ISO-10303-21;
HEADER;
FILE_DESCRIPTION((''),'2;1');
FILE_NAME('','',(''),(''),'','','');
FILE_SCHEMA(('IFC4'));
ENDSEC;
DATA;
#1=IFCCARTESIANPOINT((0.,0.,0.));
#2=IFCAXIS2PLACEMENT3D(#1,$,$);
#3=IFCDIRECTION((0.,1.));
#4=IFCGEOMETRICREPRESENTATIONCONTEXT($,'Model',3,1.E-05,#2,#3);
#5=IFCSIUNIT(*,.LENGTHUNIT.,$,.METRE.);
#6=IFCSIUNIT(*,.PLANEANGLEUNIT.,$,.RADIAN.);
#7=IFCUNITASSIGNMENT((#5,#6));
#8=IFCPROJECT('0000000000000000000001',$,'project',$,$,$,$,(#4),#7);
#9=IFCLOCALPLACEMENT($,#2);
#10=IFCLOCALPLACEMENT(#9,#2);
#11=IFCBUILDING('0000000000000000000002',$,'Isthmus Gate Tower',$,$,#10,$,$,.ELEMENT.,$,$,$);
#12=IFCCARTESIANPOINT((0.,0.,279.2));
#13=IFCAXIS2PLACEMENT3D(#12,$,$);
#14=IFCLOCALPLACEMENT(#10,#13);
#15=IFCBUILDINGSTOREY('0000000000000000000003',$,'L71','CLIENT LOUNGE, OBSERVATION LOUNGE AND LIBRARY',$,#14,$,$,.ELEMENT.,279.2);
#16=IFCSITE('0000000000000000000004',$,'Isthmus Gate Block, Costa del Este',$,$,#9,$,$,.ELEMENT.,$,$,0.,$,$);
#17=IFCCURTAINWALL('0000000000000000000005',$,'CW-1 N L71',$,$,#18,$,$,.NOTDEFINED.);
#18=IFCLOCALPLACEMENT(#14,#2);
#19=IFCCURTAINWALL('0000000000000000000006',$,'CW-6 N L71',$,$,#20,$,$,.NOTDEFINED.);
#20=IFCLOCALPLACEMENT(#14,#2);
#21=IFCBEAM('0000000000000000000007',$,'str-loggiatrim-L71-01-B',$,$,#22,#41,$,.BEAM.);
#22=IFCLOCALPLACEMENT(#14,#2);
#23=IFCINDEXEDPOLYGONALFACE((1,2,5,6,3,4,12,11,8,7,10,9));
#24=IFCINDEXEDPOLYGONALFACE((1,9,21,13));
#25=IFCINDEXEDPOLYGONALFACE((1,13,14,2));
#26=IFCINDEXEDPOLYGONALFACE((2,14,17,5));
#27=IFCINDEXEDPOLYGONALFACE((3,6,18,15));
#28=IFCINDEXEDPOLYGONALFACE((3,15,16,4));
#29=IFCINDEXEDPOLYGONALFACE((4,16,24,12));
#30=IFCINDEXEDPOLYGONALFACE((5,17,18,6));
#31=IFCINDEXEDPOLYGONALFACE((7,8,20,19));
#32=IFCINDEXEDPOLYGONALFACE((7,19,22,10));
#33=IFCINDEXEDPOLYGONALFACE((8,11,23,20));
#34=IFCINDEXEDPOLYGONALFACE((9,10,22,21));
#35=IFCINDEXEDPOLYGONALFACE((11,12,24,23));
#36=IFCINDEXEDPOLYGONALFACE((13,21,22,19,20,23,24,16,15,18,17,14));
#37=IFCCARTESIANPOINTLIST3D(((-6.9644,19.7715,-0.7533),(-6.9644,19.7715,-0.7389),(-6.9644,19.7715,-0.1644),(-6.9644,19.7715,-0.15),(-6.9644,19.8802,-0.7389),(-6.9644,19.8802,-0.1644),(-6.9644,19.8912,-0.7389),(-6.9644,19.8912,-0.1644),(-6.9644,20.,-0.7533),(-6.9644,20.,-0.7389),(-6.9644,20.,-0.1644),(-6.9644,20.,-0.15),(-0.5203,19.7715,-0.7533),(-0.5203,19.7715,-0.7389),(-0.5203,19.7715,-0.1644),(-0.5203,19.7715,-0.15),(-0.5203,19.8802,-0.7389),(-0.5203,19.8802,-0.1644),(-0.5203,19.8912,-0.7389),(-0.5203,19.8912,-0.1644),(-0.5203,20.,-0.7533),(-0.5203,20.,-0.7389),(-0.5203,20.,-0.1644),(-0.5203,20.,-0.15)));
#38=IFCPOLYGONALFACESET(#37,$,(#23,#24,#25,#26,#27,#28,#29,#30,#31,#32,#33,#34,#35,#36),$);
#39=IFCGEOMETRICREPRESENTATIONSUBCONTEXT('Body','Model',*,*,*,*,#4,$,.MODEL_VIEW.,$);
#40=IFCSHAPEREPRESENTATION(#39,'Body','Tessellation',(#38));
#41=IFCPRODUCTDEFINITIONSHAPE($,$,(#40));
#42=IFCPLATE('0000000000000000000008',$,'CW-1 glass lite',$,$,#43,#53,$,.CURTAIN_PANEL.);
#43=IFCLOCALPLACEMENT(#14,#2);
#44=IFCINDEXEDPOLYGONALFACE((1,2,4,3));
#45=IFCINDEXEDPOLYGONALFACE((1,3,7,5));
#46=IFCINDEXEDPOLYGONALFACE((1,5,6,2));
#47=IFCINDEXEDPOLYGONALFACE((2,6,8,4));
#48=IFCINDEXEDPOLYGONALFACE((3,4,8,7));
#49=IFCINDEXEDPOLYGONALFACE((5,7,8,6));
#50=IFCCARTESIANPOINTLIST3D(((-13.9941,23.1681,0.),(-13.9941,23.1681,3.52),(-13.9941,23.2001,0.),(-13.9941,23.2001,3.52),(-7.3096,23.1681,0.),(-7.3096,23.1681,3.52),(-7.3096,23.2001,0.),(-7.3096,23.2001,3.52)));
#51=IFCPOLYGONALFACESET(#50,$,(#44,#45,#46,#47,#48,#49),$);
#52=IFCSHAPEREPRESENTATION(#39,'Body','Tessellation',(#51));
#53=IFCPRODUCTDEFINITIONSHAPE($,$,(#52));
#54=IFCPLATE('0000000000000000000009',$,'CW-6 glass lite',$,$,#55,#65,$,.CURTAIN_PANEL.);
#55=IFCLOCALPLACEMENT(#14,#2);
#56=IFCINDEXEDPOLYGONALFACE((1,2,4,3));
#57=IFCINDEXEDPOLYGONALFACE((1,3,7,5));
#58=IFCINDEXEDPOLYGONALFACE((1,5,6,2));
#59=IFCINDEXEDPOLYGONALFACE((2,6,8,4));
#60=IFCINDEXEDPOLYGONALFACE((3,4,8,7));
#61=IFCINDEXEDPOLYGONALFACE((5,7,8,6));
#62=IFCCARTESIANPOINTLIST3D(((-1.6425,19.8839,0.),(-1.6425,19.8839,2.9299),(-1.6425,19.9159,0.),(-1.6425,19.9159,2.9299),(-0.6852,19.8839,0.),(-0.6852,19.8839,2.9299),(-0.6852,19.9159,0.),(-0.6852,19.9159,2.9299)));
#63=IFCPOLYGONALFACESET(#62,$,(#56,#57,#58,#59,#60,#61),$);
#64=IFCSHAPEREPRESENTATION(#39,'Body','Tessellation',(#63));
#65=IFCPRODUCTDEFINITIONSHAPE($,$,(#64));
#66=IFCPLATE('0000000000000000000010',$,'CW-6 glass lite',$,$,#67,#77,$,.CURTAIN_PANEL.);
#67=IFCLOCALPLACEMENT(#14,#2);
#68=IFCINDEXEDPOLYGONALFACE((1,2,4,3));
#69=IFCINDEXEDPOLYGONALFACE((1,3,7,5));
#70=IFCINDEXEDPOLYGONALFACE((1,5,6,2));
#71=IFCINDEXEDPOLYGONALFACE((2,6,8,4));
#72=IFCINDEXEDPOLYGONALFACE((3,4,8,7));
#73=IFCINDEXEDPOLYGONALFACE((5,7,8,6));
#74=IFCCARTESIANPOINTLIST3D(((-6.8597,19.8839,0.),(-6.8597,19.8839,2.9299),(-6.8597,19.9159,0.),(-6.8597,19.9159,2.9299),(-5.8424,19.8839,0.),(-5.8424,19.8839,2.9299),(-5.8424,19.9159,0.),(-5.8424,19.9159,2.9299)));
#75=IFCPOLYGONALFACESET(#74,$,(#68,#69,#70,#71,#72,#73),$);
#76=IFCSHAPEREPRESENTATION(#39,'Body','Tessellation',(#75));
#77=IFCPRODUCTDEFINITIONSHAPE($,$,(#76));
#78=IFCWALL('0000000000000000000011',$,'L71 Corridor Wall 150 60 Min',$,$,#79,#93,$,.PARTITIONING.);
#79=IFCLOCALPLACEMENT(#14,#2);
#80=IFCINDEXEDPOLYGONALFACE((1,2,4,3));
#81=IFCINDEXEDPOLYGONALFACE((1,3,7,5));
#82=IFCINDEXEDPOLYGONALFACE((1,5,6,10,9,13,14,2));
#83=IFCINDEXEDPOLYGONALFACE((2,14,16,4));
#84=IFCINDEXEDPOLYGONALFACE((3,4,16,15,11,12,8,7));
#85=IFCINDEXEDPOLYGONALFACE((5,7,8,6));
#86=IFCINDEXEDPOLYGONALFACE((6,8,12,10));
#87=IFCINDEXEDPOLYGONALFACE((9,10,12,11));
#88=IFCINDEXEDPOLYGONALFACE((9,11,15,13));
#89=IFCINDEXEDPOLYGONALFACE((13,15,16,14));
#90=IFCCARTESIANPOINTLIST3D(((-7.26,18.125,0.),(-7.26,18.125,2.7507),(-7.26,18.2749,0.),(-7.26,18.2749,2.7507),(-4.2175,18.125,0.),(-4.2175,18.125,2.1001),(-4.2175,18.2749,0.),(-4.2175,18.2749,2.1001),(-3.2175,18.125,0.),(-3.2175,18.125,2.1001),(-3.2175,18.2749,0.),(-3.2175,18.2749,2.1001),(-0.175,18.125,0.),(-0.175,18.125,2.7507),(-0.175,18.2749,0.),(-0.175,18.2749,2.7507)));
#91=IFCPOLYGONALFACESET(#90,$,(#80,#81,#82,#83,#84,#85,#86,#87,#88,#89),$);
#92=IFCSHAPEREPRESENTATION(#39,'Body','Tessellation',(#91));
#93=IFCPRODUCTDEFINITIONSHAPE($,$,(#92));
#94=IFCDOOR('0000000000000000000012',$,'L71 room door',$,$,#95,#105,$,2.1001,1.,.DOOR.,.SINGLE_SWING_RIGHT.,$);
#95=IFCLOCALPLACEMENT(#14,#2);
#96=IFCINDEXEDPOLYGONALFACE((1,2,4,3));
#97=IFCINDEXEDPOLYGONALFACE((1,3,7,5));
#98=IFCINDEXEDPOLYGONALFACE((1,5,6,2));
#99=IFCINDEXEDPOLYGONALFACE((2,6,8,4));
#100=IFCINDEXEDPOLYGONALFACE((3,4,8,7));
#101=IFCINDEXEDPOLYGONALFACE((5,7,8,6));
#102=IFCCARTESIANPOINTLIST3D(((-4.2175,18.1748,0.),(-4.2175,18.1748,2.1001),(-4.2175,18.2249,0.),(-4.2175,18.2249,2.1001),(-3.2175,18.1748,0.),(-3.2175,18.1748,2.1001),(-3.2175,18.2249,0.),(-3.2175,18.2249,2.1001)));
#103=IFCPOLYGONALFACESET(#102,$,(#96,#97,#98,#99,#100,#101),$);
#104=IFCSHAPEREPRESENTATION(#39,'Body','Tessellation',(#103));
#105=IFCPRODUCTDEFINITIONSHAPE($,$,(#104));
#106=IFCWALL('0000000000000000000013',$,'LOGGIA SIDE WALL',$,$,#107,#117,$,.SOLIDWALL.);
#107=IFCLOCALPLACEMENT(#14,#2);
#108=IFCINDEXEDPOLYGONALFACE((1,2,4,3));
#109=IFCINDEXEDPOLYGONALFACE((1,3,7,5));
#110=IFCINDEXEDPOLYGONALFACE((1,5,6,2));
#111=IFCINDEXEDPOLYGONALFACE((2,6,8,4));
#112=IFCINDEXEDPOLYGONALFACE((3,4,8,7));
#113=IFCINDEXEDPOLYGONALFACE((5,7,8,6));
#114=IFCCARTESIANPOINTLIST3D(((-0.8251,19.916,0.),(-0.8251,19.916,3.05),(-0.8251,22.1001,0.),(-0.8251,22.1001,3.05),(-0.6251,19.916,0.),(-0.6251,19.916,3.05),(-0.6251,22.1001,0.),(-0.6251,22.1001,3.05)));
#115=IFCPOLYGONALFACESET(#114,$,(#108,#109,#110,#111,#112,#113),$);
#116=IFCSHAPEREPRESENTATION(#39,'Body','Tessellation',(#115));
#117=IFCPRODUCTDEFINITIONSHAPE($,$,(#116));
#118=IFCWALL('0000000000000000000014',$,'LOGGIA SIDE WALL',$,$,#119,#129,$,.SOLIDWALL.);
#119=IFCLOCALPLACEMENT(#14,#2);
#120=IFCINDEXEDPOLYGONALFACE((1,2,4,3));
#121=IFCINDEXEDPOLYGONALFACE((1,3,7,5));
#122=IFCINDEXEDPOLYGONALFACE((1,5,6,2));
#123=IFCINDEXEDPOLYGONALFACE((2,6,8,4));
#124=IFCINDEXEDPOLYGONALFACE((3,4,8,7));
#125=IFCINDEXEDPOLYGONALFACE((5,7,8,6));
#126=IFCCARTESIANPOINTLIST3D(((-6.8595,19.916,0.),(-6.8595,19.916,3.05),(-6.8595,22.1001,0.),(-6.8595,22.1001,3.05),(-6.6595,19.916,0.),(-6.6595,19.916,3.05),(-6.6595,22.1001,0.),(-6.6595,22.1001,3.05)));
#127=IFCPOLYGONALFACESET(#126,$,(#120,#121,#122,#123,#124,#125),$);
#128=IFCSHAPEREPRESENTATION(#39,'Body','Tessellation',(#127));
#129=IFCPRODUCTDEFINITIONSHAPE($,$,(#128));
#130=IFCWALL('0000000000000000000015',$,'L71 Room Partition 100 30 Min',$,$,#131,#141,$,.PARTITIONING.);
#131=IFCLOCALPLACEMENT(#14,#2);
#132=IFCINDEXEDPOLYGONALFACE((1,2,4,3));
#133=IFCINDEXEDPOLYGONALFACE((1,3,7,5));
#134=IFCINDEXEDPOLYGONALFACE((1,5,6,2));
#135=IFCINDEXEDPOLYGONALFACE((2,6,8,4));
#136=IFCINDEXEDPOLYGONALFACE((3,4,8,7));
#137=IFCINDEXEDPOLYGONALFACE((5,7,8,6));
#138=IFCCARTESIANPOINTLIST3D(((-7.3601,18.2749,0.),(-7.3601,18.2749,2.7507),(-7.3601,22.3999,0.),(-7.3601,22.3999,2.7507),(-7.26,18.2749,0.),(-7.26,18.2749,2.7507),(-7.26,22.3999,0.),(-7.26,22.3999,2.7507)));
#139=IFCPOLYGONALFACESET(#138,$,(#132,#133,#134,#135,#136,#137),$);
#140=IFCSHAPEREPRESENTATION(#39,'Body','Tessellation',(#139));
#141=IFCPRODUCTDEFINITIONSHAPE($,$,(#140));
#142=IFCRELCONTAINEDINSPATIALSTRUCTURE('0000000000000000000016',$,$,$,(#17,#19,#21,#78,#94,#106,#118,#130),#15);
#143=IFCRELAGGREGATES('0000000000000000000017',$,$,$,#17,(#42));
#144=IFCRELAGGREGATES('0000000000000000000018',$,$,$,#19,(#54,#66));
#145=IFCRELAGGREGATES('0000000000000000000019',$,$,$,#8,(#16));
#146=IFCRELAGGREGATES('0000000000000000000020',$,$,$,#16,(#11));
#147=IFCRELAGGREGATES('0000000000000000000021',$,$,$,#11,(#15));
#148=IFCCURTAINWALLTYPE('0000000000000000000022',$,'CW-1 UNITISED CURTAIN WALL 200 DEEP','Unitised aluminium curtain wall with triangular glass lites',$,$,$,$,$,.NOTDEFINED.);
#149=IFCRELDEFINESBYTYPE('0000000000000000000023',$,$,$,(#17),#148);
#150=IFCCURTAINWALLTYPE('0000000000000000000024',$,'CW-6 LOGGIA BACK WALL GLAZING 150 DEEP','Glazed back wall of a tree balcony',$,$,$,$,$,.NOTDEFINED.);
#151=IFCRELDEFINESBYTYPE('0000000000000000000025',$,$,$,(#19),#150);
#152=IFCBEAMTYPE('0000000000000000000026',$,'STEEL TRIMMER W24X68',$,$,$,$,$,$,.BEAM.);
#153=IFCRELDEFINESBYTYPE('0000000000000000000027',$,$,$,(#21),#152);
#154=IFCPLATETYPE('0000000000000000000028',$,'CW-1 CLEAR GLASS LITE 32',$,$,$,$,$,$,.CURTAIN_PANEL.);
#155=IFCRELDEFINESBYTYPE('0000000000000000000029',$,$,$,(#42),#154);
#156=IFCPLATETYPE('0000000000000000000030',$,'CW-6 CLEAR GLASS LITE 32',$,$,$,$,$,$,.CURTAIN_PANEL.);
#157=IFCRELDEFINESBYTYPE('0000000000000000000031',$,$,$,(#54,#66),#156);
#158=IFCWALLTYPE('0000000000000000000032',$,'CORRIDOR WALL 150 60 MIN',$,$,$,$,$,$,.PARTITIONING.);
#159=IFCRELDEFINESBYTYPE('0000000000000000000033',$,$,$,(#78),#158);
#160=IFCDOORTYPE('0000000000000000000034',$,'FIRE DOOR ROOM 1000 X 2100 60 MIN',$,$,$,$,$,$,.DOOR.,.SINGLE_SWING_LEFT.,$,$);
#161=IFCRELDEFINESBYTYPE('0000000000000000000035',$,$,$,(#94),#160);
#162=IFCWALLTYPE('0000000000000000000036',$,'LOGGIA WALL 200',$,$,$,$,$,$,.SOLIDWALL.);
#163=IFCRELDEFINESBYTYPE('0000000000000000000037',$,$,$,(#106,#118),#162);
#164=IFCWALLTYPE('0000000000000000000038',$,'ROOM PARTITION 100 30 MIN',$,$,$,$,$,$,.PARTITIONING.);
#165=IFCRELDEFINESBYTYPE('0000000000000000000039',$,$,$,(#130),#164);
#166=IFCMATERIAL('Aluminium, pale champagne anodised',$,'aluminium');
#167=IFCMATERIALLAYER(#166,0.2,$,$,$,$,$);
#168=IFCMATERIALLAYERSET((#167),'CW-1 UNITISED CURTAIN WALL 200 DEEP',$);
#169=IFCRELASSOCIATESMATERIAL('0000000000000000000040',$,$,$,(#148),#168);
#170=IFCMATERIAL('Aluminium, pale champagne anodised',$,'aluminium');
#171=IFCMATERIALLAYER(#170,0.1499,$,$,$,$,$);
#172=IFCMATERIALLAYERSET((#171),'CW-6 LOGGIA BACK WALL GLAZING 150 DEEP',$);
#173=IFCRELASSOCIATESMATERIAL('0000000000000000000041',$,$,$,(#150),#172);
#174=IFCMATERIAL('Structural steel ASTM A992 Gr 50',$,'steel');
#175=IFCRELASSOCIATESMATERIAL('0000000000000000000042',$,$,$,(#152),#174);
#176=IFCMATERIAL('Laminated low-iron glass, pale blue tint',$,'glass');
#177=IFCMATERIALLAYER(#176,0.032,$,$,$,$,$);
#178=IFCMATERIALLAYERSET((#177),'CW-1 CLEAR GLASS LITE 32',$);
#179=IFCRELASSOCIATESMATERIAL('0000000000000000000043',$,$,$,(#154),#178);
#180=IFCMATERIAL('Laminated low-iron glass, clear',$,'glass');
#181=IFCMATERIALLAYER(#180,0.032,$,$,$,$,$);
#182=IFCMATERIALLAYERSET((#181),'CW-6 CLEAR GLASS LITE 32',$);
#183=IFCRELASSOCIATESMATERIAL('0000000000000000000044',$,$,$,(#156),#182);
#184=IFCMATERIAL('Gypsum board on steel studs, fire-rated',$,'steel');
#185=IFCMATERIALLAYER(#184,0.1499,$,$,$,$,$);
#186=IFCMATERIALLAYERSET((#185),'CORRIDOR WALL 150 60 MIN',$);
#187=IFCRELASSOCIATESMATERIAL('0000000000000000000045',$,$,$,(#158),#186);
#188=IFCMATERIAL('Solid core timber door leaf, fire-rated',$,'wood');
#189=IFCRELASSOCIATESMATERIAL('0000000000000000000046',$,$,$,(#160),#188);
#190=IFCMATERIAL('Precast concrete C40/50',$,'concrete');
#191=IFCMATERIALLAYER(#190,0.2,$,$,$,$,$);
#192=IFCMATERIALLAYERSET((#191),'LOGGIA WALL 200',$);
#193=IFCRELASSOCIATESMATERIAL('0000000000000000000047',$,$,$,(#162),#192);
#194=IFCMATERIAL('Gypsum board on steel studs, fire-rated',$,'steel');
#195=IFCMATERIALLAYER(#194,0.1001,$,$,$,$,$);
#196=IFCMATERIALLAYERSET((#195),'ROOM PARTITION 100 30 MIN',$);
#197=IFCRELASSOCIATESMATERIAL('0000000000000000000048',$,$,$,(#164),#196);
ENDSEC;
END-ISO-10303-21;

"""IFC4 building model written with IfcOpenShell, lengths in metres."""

from ifc_helpers import new_model, si_unit, direction, frame, frame_2d, origin, origin_2d, place, context, subcontext, project, spatial, rectangle, i_section, extrude, material, layer, layer_set, material_profile, profile_set, type_object, element, fill, aggregate, save


model = new_model("IFC4")

# Units and contexts
model_context = context("Model", 3, precision=1e-05, world=origin(), true_north=direction((0.0, 1.0)))
body_context = subcontext(model_context, "Body", "Model", "MODEL_VIEW")
ifc_project = project(units=[si_unit("LENGTHUNIT", "METRE"), si_unit("PLANEANGLEUNIT", "RADIAN")], contexts=[model_context])

# Site, building, storey
site_placement = place(None, origin())
site = spatial("IfcSite", under=ifc_project, at=site_placement, Name="Isthmus Gate Block, Costa del Este", CompositionType="ELEMENT", RefElevation=0.0)
building_placement = place(site_placement, origin())
building = spatial("IfcBuilding", under=site, at=building_placement, Name="Isthmus Gate Tower", CompositionType="ELEMENT")
storey_placement = place(building_placement, frame((0.0, 0.0, 279.2)))
storey = spatial("IfcBuildingStorey", under=building, at=storey_placement, Name="L71", Description="CLIENT LOUNGE, OBSERVATION LOUNGE AND LIBRARY", CompositionType="ELEMENT", Elevation=279.2)

# Curtain wall
ifc_material_1 = material(Name="Aluminium, pale champagne anodised", Category="aluminium")
ifc_layer_1 = layer(ifc_material_1, 0.2)
ifc_layer_set_1 = layer_set([ifc_layer_1], Name="CW-1 UNITISED CURTAIN WALL 200 DEEP")
curtain_wall_type_1 = type_object("IfcCurtainWallType", Name="CW-1 UNITISED CURTAIN WALL 200 DEEP", Description="Unitised aluminium curtain wall with triangular glass lites", PredefinedType="NOTDEFINED", material=ifc_layer_set_1)
curtain_wall_1_placement = place(storey_placement, origin())
curtain_wall_1 = element("IfcCurtainWall", 1, at=curtain_wall_1_placement, inside=storey, type_object=curtain_wall_type_1, Name="CW-1 N L71", PredefinedType="NOTDEFINED")

# Curtain wall
ifc_material_2 = material(Name="Aluminium, pale champagne anodised", Category="aluminium")
ifc_layer_2 = layer(ifc_material_2, 0.1499)
ifc_layer_set_2 = layer_set([ifc_layer_2], Name="CW-6 LOGGIA BACK WALL GLAZING 150 DEEP")
curtain_wall_type_2 = type_object("IfcCurtainWallType", Name="CW-6 LOGGIA BACK WALL GLAZING 150 DEEP", Description="Glazed back wall of a tree balcony", PredefinedType="NOTDEFINED", material=ifc_layer_set_2)
curtain_wall_2_placement = place(storey_placement, origin())
curtain_wall_2 = element("IfcCurtainWall", 2, at=curtain_wall_2_placement, inside=storey, type_object=curtain_wall_type_2, Name="CW-6 N L71", PredefinedType="NOTDEFINED")

# Beam
ifc_material_3 = material(Name="Structural steel ASTM A992 Gr 50", Category="steel")
ifc_material_profile_1 = material_profile(ifc_material_3, i_section(OverallWidth=0.2285, OverallDepth=0.6033, WebThickness=0.011, FlangeThickness=0.0144, at=origin_2d()), Name="W24X68")
ifc_profile_set_1 = profile_set([ifc_material_profile_1], Name="Structural steel ASTM A992 Gr 50")
beam_type_1 = type_object("IfcBeamType", Name="STEEL TRIMMER W24X68", PredefinedType="BEAM", material=ifc_profile_set_1)
beam_1_placement = place(storey_placement, frame((-0.5203, 19.8857, -0.4517), z_axis=(-1.0, 0.0, 0.0), x_axis=(0.0, -1.0, 0.0)))
element("IfcBeam", 3, at=beam_1_placement, inside=storey, type_object=beam_type_1, Name="str-loggiatrim-L71-01-B", PredefinedType="BEAM", context=body_context, shape_type="SweptSolid", body=[
    extrude(i_section(OverallWidth=0.2285, OverallDepth=0.6033, WebThickness=0.011, FlangeThickness=0.0144, at=origin_2d()), origin(), (0.0, 0.0, 1.0), 6.4441),
])

# Plates
ifc_material_4 = material(Name="Laminated low-iron glass, pale blue tint", Category="glass")
ifc_layer_3 = layer(ifc_material_4, 0.032)
ifc_layer_set_3 = layer_set([ifc_layer_3], Name="CW-1 CLEAR GLASS LITE 32")
plate_type_1 = type_object("IfcPlateType", Name="CW-1 CLEAR GLASS LITE 32", PredefinedType="CURTAIN_PANEL", material=ifc_layer_set_3)
plate_1_placement = place(storey_placement, frame((-10.6519, 23.1841, 0.0), z_axis=(0.0, 0.0, 1.0), x_axis=(-1.0, 0.0, 0.0)))
plate_1 = element("IfcPlate", 4, at=plate_1_placement, type_object=plate_type_1, Name="CW-1 glass lite", PredefinedType="CURTAIN_PANEL", context=body_context, shape_type="SweptSolid", body=[
    extrude(rectangle(XDim=6.6846, YDim=0.032, at=origin_2d()), origin(), (0.0, 0.0, 1.0), 3.52),
])
aggregate(curtain_wall_1, [plate_1])
ifc_material_5 = material(Name="Laminated low-iron glass, clear", Category="glass")
ifc_layer_4 = layer(ifc_material_5, 0.032)
ifc_layer_set_4 = layer_set([ifc_layer_4], Name="CW-6 CLEAR GLASS LITE 32")
plate_type_2 = type_object("IfcPlateType", Name="CW-6 CLEAR GLASS LITE 32", PredefinedType="CURTAIN_PANEL", material=ifc_layer_set_4)
plate_2_placement = place(storey_placement, frame((-1.1638, 19.8999, 0.0), z_axis=(0.0, 0.0, 1.0), x_axis=(-1.0, 0.0, 0.0)))
plate_2 = element("IfcPlate", 5, at=plate_2_placement, type_object=plate_type_2, Name="CW-6 glass lite", PredefinedType="CURTAIN_PANEL", context=body_context, shape_type="SweptSolid", body=[
    extrude(rectangle(XDim=0.9573, YDim=0.032, at=origin_2d()), origin(), (0.0, 0.0, 1.0), 2.9299),
])
plate_3_placement = place(storey_placement, frame((-6.3511, 19.8999, 0.0), z_axis=(0.0, 0.0, 1.0), x_axis=(-1.0, 0.0, 0.0)))
plate_3 = element("IfcPlate", 6, at=plate_3_placement, type_object=plate_type_2, Name="CW-6 glass lite", PredefinedType="CURTAIN_PANEL", context=body_context, shape_type="SweptSolid", body=[
    extrude(rectangle(XDim=1.0173, YDim=0.032, at=origin_2d()), origin(), (0.0, 0.0, 1.0), 2.9299),
])
aggregate(curtain_wall_2, [plate_2, plate_3])

# Wall, opening, door
ifc_material_6 = material(Name="Gypsum board on steel studs, fire-rated", Category="steel")
ifc_layer_5 = layer(ifc_material_6, 0.1499)
ifc_layer_set_5 = layer_set([ifc_layer_5], Name="CORRIDOR WALL 150 60 MIN")
wall_type_1 = type_object("IfcWallType", Name="CORRIDOR WALL 150 60 MIN", PredefinedType="PARTITIONING", material=ifc_layer_set_5)
wall_1_placement = place(storey_placement, frame((-7.26, 18.2, 0.0), z_axis=(0.0, 0.0, 1.0), x_axis=(1.0, 0.0, 0.0)))
wall_1 = element("IfcWall", 7, at=wall_1_placement, inside=storey, type_object=wall_type_1, Name="L71 Corridor Wall 150 60 Min", PredefinedType="PARTITIONING", context=body_context, shape_type="SweptSolid", body=[
    extrude(rectangle(XDim=7.085, YDim=0.1499, at=frame_2d((3.5425, 0.0))), origin(), (0.0, 0.0, 1.0), 2.7507),
])
opening_1_placement = place(wall_1_placement, frame((3.0425, 0.0, 0.0)))
opening_1 = element("IfcOpeningElement", 8, at=opening_1_placement, cuts=wall_1, PredefinedType="OPENING", context=body_context, shape_type="SweptSolid", body=[
    extrude(rectangle(XDim=1.0, YDim=2.1001, at=frame_2d((0.5, 1.05))), frame((0.0, 0.085, 0.0), z_axis=(0.0, -1.0, 0.0), x_axis=(1.0, 0.0, 0.0)), (0.0, 0.0, 1.0), 0.1699),
])
ifc_material_7 = material(Name="Solid core timber door leaf, fire-rated", Category="wood")
door_type_1 = type_object("IfcDoorType", Name="FIRE DOOR ROOM 1000 X 2100 60 MIN", OperationType="SINGLE_SWING_LEFT", PredefinedType="DOOR", material=ifc_material_7)
door_1_placement = place(opening_1_placement, origin())
door_1 = element("IfcDoor", 9, at=door_1_placement, inside=storey, type_object=door_type_1, Name="L71 room door", OperationType="SINGLE_SWING_RIGHT", OverallHeight=2.1001, OverallWidth=1.0, PredefinedType="DOOR", context=body_context, shape_type="SweptSolid", body=[
    extrude(rectangle(XDim=1.0, YDim=2.1001, at=frame_2d((0.5, 1.05))), frame((0.0, 0.0249, 0.0), z_axis=(0.0, -1.0, 0.0), x_axis=(1.0, 0.0, 0.0)), (0.0, 0.0, 1.0), 0.05),
])
fill(opening_1, door_1)
ifc_material_8 = material(Name="Precast concrete C40/50", Category="concrete")
ifc_layer_6 = layer(ifc_material_8, 0.2)
ifc_layer_set_6 = layer_set([ifc_layer_6], Name="LOGGIA WALL 200")
wall_type_2 = type_object("IfcWallType", Name="LOGGIA WALL 200", PredefinedType="SOLIDWALL", material=ifc_layer_set_6)

# Walls
for number, where, z_axis, x_axis, name in (
    (10, (-0.7251, 22.1001, 0.0), (0.0, 0.0, 1.0), (0.0, -1.0, 0.0), "LOGGIA SIDE WALL"),
    (11, (-6.7595, 22.1001, 0.0), (0.0, 0.0, 1.0), (0.0, -1.0, 0.0), "LOGGIA SIDE WALL"),
):
    element("IfcWall", number, at=place(storey_placement, frame(where, z_axis=z_axis, x_axis=x_axis)), inside=storey, type_object=wall_type_2, Name=name, PredefinedType="SOLIDWALL", context=body_context, shape_type="SweptSolid", body=[
        extrude(rectangle(XDim=2.1841, YDim=0.2, at=frame_2d((1.092, 0.0))), origin(), (0.0, 0.0, 1.0), 3.05),
    ])
ifc_material_9 = material(Name="Gypsum board on steel studs, fire-rated", Category="steel")
ifc_layer_7 = layer(ifc_material_9, 0.1001)
ifc_layer_set_7 = layer_set([ifc_layer_7], Name="ROOM PARTITION 100 30 MIN")
wall_type_3 = type_object("IfcWallType", Name="ROOM PARTITION 100 30 MIN", PredefinedType="PARTITIONING", material=ifc_layer_set_7)
wall_2_placement = place(storey_placement, frame((-7.3101, 18.2749, 0.0), z_axis=(0.0, 0.0, 1.0), x_axis=(0.0, 1.0, 0.0)))
element("IfcWall", 12, at=wall_2_placement, inside=storey, type_object=wall_type_3, Name="L71 Room Partition 100 30 Min", PredefinedType="PARTITIONING", context=body_context, shape_type="SweptSolid", body=[
    extrude(rectangle(XDim=4.125, YDim=0.1001, at=frame_2d((2.0625, 0.0))), origin(), (0.0, 0.0, 1.0), 2.7507),
])

save(model, "model.ifc")
